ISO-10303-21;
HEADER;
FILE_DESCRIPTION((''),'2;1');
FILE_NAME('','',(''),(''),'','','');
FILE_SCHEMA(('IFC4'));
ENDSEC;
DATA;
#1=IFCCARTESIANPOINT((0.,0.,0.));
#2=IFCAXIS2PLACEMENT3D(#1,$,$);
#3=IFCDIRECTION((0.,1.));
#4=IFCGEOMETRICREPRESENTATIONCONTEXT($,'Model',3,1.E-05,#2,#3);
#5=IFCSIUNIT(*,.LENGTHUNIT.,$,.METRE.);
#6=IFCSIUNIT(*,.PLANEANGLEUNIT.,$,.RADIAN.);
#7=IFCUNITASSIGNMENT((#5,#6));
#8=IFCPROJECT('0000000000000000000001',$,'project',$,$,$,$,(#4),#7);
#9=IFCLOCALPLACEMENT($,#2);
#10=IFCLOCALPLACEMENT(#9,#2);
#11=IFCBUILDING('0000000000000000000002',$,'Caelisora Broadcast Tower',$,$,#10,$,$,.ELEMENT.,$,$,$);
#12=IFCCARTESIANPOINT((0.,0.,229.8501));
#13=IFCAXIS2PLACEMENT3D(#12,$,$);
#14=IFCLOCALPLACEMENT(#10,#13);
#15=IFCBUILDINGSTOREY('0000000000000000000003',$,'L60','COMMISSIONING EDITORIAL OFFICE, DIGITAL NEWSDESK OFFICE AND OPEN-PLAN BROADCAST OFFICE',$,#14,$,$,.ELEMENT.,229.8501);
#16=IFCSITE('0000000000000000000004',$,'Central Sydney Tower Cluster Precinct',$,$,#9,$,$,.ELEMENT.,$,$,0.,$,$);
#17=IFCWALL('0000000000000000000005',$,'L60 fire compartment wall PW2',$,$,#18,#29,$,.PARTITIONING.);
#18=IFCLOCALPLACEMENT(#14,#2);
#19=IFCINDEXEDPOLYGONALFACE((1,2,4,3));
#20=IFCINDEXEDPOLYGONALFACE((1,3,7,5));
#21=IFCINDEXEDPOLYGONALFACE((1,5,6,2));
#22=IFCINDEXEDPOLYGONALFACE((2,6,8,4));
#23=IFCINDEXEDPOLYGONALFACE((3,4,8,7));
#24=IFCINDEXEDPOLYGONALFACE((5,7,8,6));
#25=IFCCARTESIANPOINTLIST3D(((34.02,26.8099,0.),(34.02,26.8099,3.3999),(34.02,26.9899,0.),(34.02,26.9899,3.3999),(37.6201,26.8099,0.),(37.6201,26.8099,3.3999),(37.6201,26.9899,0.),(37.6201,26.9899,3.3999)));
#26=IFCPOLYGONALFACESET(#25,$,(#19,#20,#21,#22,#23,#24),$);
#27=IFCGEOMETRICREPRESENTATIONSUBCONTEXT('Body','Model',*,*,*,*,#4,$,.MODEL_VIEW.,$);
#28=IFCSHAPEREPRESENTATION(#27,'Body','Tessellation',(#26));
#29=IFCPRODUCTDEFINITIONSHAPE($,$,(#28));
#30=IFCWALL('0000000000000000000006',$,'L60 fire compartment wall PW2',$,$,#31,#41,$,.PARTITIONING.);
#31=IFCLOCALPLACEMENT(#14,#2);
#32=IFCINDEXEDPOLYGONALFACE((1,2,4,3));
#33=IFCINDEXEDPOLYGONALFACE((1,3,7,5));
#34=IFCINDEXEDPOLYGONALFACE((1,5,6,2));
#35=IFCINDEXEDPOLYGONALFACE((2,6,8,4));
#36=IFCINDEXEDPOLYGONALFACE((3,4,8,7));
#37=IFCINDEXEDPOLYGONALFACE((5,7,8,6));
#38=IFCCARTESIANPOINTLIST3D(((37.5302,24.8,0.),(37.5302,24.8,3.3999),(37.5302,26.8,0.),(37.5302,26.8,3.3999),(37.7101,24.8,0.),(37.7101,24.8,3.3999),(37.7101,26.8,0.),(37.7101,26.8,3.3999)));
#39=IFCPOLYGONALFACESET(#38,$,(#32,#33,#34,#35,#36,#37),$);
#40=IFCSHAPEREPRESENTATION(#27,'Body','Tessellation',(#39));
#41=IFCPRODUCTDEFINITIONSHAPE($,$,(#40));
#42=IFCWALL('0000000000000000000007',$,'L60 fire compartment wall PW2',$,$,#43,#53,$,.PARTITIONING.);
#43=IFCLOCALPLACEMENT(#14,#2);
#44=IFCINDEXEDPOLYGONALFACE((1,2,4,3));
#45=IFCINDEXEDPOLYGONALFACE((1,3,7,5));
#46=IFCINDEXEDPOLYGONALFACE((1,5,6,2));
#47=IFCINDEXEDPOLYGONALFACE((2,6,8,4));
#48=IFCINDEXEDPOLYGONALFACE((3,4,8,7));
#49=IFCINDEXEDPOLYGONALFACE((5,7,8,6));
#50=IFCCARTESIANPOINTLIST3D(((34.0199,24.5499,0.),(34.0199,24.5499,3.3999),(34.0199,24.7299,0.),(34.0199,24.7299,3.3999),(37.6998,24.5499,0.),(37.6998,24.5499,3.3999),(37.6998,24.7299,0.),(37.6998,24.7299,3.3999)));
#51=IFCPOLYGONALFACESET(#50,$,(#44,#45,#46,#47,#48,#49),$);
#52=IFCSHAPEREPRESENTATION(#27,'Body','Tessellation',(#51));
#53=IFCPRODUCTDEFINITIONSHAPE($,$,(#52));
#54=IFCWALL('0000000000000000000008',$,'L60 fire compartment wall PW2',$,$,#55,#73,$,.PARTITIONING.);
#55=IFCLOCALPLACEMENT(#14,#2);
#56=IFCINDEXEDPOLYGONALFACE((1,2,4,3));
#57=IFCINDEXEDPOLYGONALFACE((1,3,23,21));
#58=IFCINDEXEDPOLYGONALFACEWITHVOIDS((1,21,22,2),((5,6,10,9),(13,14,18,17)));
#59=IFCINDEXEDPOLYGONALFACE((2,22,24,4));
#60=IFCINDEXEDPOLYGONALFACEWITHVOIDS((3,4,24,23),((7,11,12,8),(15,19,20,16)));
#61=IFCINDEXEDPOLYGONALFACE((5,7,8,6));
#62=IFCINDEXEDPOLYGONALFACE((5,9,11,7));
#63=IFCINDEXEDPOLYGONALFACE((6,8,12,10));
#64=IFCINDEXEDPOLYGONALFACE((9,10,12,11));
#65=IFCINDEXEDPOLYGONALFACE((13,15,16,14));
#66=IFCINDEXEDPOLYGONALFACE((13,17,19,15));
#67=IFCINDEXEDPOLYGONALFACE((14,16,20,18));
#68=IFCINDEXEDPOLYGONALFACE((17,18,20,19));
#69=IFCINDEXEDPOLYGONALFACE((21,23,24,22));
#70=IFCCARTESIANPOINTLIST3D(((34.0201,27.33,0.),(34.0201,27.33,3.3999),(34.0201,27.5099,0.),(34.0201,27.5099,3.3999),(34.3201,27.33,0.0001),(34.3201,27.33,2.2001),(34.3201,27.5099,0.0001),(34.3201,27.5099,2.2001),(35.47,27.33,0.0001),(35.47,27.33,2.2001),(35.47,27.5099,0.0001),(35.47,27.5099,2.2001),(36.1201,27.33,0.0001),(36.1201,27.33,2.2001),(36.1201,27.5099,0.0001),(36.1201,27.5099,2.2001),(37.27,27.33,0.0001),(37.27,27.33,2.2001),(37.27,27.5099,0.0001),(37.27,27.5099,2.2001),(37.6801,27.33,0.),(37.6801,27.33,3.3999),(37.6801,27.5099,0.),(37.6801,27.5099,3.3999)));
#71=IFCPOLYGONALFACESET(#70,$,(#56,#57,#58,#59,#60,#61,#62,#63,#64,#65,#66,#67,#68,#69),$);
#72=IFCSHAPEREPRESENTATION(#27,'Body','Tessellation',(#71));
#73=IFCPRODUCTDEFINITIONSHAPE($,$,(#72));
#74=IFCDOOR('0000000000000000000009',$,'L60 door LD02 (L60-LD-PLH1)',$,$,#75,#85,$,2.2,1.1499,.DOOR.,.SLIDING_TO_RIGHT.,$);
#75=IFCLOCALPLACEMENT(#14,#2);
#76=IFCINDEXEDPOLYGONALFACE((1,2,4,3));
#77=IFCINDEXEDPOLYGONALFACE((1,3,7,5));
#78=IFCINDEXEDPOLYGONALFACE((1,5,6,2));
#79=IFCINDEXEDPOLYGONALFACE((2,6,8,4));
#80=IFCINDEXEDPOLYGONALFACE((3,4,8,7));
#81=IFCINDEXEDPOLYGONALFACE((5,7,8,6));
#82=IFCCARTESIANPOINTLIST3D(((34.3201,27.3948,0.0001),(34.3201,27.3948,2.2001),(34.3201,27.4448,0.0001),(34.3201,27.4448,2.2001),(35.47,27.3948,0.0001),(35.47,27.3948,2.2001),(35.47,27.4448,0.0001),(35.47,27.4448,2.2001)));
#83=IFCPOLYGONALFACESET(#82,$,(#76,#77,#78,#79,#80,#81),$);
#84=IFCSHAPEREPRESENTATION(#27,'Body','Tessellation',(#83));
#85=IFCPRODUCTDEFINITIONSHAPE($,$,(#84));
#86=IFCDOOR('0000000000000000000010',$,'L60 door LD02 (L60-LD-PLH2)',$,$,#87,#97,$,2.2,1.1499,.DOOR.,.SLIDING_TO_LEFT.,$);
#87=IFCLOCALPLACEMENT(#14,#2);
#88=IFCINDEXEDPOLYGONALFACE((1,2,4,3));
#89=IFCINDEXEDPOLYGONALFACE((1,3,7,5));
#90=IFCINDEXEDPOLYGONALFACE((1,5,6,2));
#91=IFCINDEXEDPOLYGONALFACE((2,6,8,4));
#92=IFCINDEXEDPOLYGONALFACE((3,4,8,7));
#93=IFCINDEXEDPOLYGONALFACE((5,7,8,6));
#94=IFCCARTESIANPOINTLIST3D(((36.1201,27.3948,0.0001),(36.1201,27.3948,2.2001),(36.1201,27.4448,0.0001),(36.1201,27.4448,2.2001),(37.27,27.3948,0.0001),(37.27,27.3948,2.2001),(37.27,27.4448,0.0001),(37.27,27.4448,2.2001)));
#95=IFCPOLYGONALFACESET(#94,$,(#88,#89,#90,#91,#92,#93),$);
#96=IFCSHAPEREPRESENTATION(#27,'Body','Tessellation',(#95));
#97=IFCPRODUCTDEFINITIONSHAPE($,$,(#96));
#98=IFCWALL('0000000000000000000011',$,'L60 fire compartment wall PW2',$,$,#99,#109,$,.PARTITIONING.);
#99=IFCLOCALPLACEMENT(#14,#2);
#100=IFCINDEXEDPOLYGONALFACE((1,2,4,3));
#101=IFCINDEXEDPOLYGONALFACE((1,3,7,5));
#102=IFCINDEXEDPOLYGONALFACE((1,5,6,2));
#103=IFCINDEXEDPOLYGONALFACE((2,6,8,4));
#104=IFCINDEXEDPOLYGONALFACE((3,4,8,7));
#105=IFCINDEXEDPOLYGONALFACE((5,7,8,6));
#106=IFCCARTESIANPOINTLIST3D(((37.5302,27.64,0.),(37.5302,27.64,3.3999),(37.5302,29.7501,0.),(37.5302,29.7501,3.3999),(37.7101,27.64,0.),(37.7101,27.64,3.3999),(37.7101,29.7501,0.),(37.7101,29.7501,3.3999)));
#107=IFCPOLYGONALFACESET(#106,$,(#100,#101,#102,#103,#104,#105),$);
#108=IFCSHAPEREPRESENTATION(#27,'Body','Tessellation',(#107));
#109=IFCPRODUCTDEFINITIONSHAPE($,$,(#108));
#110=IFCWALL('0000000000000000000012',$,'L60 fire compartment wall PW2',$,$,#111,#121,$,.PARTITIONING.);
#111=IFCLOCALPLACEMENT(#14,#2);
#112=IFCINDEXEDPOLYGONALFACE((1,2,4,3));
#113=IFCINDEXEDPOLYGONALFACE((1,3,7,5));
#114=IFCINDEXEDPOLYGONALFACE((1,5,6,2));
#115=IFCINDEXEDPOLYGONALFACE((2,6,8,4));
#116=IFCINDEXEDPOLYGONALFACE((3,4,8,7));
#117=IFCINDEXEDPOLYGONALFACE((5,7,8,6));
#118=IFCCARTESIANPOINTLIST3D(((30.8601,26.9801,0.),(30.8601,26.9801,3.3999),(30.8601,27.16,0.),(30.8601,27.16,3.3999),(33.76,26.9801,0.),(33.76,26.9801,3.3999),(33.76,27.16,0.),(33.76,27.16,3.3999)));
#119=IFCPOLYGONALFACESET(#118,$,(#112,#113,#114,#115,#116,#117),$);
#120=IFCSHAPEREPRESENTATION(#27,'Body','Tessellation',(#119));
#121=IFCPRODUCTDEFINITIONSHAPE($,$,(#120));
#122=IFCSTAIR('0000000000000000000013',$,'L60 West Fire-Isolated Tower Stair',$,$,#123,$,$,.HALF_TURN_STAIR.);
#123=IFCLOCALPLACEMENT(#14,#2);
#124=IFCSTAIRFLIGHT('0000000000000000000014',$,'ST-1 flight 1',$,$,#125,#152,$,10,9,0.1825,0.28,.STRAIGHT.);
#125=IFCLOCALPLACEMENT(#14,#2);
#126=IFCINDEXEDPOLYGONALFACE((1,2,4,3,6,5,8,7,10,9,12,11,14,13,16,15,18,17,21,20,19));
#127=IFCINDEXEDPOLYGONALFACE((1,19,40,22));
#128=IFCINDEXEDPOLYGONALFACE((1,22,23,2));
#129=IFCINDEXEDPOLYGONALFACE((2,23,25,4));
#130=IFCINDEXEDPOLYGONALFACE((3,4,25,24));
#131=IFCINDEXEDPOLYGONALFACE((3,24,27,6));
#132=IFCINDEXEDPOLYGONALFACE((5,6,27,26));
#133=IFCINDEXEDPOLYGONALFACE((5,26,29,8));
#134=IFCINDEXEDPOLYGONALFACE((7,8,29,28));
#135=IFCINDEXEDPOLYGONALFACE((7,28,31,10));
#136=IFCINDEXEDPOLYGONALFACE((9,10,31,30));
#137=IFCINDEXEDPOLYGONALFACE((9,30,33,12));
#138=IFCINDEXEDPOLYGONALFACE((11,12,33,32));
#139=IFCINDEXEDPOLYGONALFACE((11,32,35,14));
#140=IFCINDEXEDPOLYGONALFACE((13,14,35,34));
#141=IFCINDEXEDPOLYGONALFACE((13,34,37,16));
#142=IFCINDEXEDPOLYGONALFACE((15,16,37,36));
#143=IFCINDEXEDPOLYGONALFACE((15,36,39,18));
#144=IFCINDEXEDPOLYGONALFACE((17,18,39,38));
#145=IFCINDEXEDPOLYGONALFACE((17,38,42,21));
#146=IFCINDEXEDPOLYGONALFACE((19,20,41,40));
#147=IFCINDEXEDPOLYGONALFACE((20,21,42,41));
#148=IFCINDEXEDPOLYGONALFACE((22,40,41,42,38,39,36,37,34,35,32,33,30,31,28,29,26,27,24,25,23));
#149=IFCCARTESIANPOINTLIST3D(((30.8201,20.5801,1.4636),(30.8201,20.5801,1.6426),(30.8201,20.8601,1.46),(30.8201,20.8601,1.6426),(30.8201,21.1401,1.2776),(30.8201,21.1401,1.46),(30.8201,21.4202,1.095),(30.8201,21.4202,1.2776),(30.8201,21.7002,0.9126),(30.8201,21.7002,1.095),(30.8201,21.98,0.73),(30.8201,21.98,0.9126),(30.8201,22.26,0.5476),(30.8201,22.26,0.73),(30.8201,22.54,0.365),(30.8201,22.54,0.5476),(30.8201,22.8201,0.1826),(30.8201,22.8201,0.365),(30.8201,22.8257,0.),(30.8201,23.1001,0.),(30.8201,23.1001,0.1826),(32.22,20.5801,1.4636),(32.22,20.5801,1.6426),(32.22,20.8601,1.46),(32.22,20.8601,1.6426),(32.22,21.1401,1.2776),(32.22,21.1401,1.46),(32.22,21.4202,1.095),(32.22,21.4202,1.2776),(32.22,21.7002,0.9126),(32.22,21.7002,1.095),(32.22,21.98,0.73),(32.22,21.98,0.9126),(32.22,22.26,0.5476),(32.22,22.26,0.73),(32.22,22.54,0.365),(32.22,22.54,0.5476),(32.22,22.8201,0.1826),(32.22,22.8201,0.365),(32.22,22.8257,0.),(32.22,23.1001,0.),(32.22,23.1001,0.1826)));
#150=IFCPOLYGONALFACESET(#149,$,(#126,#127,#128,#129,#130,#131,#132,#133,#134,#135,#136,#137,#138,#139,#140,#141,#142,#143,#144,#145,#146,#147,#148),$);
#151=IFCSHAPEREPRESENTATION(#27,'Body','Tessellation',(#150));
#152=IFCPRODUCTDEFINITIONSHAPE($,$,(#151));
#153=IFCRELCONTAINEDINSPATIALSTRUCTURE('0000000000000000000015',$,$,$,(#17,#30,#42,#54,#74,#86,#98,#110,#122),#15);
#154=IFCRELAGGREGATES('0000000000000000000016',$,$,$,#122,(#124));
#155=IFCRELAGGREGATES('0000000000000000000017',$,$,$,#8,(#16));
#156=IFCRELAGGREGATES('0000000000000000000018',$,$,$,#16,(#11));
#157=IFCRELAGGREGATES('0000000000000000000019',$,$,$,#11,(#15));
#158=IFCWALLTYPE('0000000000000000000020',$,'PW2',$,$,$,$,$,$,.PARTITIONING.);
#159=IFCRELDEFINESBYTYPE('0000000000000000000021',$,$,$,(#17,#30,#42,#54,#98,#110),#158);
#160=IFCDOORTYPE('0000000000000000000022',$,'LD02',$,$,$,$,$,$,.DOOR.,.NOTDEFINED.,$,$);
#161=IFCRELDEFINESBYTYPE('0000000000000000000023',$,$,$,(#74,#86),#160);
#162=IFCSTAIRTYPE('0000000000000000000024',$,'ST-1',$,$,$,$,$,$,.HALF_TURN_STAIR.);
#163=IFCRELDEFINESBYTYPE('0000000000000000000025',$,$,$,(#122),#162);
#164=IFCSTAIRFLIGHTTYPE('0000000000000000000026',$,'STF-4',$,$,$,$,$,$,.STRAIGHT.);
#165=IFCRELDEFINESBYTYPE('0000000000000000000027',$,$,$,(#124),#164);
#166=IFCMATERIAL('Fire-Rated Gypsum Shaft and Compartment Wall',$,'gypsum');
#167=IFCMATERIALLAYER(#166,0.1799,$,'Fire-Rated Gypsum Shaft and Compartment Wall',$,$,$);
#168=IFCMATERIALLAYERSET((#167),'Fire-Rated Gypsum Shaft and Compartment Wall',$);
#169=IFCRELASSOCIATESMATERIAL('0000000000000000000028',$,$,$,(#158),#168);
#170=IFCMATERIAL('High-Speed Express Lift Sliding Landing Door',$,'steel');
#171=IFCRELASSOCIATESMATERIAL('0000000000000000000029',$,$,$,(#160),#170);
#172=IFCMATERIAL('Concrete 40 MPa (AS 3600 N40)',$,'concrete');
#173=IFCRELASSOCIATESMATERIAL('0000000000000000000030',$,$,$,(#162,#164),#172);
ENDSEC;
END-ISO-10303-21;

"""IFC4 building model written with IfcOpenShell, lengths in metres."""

from ifc_helpers import new_model, si_unit, direction, frame, frame_2d, origin, place, context, subcontext, project, spatial, polyline, rectangle, outline, extrude, material, layer, layer_set, type_object, element, fill, aggregate, save


model = new_model("IFC4")

# Units and contexts
model_context = context("Model", 3, precision=1e-05, world=origin(), true_north=direction((0.0, 1.0)))
body_context = subcontext(model_context, "Body", "Model", "MODEL_VIEW")
ifc_project = project(units=[si_unit("LENGTHUNIT", "METRE"), si_unit("PLANEANGLEUNIT", "RADIAN")], contexts=[model_context])

# Site, building, storey
site_placement = place(None, origin())
site = spatial("IfcSite", under=ifc_project, at=site_placement, Name="Central Sydney Tower Cluster Precinct", CompositionType="ELEMENT", RefElevation=0.0)
building_placement = place(site_placement, origin())
building = spatial("IfcBuilding", under=site, at=building_placement, Name="Caelisora Broadcast Tower", CompositionType="ELEMENT")
storey_placement = place(building_placement, frame((0.0, 0.0, 229.8501)))
storey = spatial("IfcBuildingStorey", under=building, at=storey_placement, Name="L60", Description="COMMISSIONING EDITORIAL OFFICE, DIGITAL NEWSDESK OFFICE AND OPEN-PLAN BROADCAST OFFICE", CompositionType="ELEMENT", Elevation=229.8501)

# Walls
ifc_material_1 = material(Name="Concrete 40 MPa (AS 3600 N40)", Category="concrete")
ifc_material_2 = material(Name="Fire-Rated Gypsum Shaft and Compartment Wall", Category="gypsum")
ifc_layer_1 = layer(ifc_material_2, 0.1799, Name="Fire-Rated Gypsum Shaft and Compartment Wall")
ifc_layer_set_1 = layer_set([ifc_layer_1], Name="Fire-Rated Gypsum Shaft and Compartment Wall")
wall_type_1 = type_object("IfcWallType", Name="PW2", PredefinedType="PARTITIONING", material=ifc_layer_set_1)
wall_1_placement = place(storey_placement, frame((34.02, 26.8999, 0.0), z_axis=(0.0, 0.0, 1.0), x_axis=(1.0, 0.0, 0.0)))
element("IfcWall", 1, at=wall_1_placement, inside=storey, type_object=wall_type_1, Name="L60 fire compartment wall PW2", PredefinedType="PARTITIONING", context=body_context, shape_type="SweptSolid", body=[
    extrude(rectangle(XDim=3.6001, YDim=0.1799, at=frame_2d((1.8, 0.0))), origin(), (0.0, 0.0, 1.0), 3.3999),
])
wall_2_placement = place(storey_placement, frame((37.6201, 24.8, 0.0), z_axis=(0.0, 0.0, 1.0), x_axis=(0.0, 1.0, 0.0)))
element("IfcWall", 2, at=wall_2_placement, inside=storey, type_object=wall_type_1, Name="L60 fire compartment wall PW2", PredefinedType="PARTITIONING", context=body_context, shape_type="SweptSolid", body=[
    extrude(rectangle(XDim=2.0, YDim=0.1799, at=frame_2d((1.0, 0.0))), origin(), (0.0, 0.0, 1.0), 3.3999),
])
wall_3_placement = place(storey_placement, frame((34.02, 24.6399, 0.0), z_axis=(0.0, 0.0, 1.0), x_axis=(1.0, 0.0, 0.0)))
element("IfcWall", 3, at=wall_3_placement, inside=storey, type_object=wall_type_1, Name="L60 fire compartment wall PW2", PredefinedType="PARTITIONING", context=body_context, shape_type="SweptSolid", body=[
    extrude(rectangle(XDim=3.6799, YDim=0.1799, at=frame_2d((1.8398, 0.0))), origin(), (0.0, 0.0, 1.0), 3.3999),
])

# Wall, openings, doors
wall_4_placement = place(storey_placement, frame((34.02, 27.4199, 0.0), z_axis=(0.0, 0.0, 1.0), x_axis=(1.0, 0.0, 0.0)))
wall_4 = element("IfcWall", 4, at=wall_4_placement, inside=storey, type_object=wall_type_1, Name="L60 fire compartment wall PW2", PredefinedType="PARTITIONING", context=body_context, shape_type="SweptSolid", body=[
    extrude(rectangle(XDim=3.6599, YDim=0.1799, at=frame_2d((1.8301, 0.0))), origin(), (0.0, 0.0, 1.0), 3.3999),
])
opening_1_placement = place(wall_4_placement, frame((0.3, 0.0, 0.0)))
opening_1 = element("IfcOpeningElement", 5, at=opening_1_placement, cuts=wall_4, PredefinedType="OPENING", context=body_context, shape_type="SweptSolid", body=[
    extrude(rectangle(XDim=1.1499, YDim=2.2, at=frame_2d((0.575, 1.1001))), frame((0.0, 0.1021, 0.0), z_axis=(0.0, -1.0, 0.0), x_axis=(1.0, 0.0, 0.0)), (0.0, 0.0, 1.0), 0.2039),
])
opening_2_placement = place(wall_4_placement, frame((2.1001, 0.0, 0.0)))
opening_2 = element("IfcOpeningElement", 6, at=opening_2_placement, cuts=wall_4, PredefinedType="OPENING", context=body_context, shape_type="SweptSolid", body=[
    extrude(rectangle(XDim=1.1499, YDim=2.2, at=frame_2d((0.575, 1.1001))), frame((0.0, 0.1021, 0.0), z_axis=(0.0, -1.0, 0.0), x_axis=(1.0, 0.0, 0.0)), (0.0, 0.0, 1.0), 0.2039),
])
ifc_material_3 = material(Name="High-Speed Express Lift Sliding Landing Door", Category="steel")
door_type = type_object("IfcDoorType", Name="LD02", OperationType="NOTDEFINED", PredefinedType="DOOR", material=ifc_material_3)
door_1_placement = place(opening_1_placement, origin())
door_1 = element("IfcDoor", 7, at=door_1_placement, inside=storey, type_object=door_type, Name="L60 door LD02 (L60-LD-PLH1)", OperationType="SLIDING_TO_RIGHT", OverallHeight=2.2, OverallWidth=1.1499, PredefinedType="DOOR", context=body_context, shape_type="SweptSolid", body=[
    extrude(rectangle(XDim=1.1499, YDim=2.2, at=frame_2d((0.575, 1.1001))), frame((0.0, 0.0249, 0.0), z_axis=(0.0, -1.0, 0.0), x_axis=(1.0, 0.0, 0.0)), (0.0, 0.0, 1.0), 0.05),
])
fill(opening_1, door_1)
door_2_placement = place(opening_2_placement, origin())
door_2 = element("IfcDoor", 8, at=door_2_placement, inside=storey, type_object=door_type, Name="L60 door LD02 (L60-LD-PLH2)", OperationType="SLIDING_TO_LEFT", OverallHeight=2.2, OverallWidth=1.1499, PredefinedType="DOOR", context=body_context, shape_type="SweptSolid", body=[
    extrude(rectangle(XDim=1.1499, YDim=2.2, at=frame_2d((0.575, 1.1001))), frame((0.0, 0.0249, 0.0), z_axis=(0.0, -1.0, 0.0), x_axis=(1.0, 0.0, 0.0)), (0.0, 0.0, 1.0), 0.05),
])
fill(opening_2, door_2)

# Walls
wall_5_placement = place(storey_placement, frame((37.6201, 27.6399, 0.0), z_axis=(0.0, 0.0, 1.0), x_axis=(0.0, 1.0, 0.0)))
element("IfcWall", 9, at=wall_5_placement, inside=storey, type_object=wall_type_1, Name="L60 fire compartment wall PW2", PredefinedType="PARTITIONING", context=body_context, shape_type="SweptSolid", body=[
    extrude(rectangle(XDim=2.1101, YDim=0.1799, at=frame_2d((1.0552, 0.0))), origin(), (0.0, 0.0, 1.0), 3.3999),
])
wall_6_placement = place(storey_placement, frame((30.8601, 27.0701, 0.0), z_axis=(0.0, 0.0, 1.0), x_axis=(1.0, 0.0, 0.0)))
element("IfcWall", 10, at=wall_6_placement, inside=storey, type_object=wall_type_1, Name="L60 fire compartment wall PW2", PredefinedType="PARTITIONING", context=body_context, shape_type="SweptSolid", body=[
    extrude(rectangle(XDim=2.8999, YDim=0.1799, at=frame_2d((1.45, 0.0))), origin(), (0.0, 0.0, 1.0), 3.3999),
])

# Stair, stair flight
stair_type = type_object("IfcStairType", Name="ST-1", PredefinedType="HALF_TURN_STAIR", material=ifc_material_1)
stair_placement = place(storey_placement, origin())
stair = element("IfcStair", 11, at=stair_placement, inside=storey, type_object=stair_type, Name="L60 West Fire-Isolated Tower Stair", PredefinedType="HALF_TURN_STAIR")
stair_flight_type = type_object("IfcStairFlightType", Name="STF-4", PredefinedType="STRAIGHT", material=ifc_material_1)
stair_flight_placement = place(storey_placement, frame((31.52, 23.1001, 0.0), z_axis=(0.0, 0.0, 1.0), x_axis=(0.0, -1.0, 0.0)))
stair_flight = element("IfcStairFlight", 12, at=stair_flight_placement, type_object=stair_flight_type, Name="ST-1 flight 1", NumberOfRisers=10, NumberOfTreads=9, PredefinedType="STRAIGHT", RiserHeight=0.1825, TreadLength=0.28, context=body_context, shape_type="SweptSolid", body=[
    extrude(outline(polyline([(0.0, 0.0), (0.0, 0.1826), (0.28, 0.1826), (0.28, 0.365), (0.5601, 0.365), (0.5601, 0.5476), (0.8401, 0.5476), (0.8401, 0.73), (1.1201, 0.73), (1.1201, 0.9126), (1.3999, 0.9126), (1.3999, 1.095), (1.6799, 1.095), (1.6799, 1.2776), (1.96, 1.2776), (1.96, 1.46), (2.24, 1.46), (2.24, 1.6426), (2.52, 1.6426), (2.52, 1.825), (2.52, 1.4636), (0.2744, 0.0), (0.0, 0.0)])), frame((0.0, 0.7, 0.0), z_axis=(0.0, -1.0, 0.0), x_axis=(1.0, 0.0, 0.0)), (0.0, 0.0, 1.0), 1.3999),
])
aggregate(stair, [stair_flight])

save(model, "model.ifc")
